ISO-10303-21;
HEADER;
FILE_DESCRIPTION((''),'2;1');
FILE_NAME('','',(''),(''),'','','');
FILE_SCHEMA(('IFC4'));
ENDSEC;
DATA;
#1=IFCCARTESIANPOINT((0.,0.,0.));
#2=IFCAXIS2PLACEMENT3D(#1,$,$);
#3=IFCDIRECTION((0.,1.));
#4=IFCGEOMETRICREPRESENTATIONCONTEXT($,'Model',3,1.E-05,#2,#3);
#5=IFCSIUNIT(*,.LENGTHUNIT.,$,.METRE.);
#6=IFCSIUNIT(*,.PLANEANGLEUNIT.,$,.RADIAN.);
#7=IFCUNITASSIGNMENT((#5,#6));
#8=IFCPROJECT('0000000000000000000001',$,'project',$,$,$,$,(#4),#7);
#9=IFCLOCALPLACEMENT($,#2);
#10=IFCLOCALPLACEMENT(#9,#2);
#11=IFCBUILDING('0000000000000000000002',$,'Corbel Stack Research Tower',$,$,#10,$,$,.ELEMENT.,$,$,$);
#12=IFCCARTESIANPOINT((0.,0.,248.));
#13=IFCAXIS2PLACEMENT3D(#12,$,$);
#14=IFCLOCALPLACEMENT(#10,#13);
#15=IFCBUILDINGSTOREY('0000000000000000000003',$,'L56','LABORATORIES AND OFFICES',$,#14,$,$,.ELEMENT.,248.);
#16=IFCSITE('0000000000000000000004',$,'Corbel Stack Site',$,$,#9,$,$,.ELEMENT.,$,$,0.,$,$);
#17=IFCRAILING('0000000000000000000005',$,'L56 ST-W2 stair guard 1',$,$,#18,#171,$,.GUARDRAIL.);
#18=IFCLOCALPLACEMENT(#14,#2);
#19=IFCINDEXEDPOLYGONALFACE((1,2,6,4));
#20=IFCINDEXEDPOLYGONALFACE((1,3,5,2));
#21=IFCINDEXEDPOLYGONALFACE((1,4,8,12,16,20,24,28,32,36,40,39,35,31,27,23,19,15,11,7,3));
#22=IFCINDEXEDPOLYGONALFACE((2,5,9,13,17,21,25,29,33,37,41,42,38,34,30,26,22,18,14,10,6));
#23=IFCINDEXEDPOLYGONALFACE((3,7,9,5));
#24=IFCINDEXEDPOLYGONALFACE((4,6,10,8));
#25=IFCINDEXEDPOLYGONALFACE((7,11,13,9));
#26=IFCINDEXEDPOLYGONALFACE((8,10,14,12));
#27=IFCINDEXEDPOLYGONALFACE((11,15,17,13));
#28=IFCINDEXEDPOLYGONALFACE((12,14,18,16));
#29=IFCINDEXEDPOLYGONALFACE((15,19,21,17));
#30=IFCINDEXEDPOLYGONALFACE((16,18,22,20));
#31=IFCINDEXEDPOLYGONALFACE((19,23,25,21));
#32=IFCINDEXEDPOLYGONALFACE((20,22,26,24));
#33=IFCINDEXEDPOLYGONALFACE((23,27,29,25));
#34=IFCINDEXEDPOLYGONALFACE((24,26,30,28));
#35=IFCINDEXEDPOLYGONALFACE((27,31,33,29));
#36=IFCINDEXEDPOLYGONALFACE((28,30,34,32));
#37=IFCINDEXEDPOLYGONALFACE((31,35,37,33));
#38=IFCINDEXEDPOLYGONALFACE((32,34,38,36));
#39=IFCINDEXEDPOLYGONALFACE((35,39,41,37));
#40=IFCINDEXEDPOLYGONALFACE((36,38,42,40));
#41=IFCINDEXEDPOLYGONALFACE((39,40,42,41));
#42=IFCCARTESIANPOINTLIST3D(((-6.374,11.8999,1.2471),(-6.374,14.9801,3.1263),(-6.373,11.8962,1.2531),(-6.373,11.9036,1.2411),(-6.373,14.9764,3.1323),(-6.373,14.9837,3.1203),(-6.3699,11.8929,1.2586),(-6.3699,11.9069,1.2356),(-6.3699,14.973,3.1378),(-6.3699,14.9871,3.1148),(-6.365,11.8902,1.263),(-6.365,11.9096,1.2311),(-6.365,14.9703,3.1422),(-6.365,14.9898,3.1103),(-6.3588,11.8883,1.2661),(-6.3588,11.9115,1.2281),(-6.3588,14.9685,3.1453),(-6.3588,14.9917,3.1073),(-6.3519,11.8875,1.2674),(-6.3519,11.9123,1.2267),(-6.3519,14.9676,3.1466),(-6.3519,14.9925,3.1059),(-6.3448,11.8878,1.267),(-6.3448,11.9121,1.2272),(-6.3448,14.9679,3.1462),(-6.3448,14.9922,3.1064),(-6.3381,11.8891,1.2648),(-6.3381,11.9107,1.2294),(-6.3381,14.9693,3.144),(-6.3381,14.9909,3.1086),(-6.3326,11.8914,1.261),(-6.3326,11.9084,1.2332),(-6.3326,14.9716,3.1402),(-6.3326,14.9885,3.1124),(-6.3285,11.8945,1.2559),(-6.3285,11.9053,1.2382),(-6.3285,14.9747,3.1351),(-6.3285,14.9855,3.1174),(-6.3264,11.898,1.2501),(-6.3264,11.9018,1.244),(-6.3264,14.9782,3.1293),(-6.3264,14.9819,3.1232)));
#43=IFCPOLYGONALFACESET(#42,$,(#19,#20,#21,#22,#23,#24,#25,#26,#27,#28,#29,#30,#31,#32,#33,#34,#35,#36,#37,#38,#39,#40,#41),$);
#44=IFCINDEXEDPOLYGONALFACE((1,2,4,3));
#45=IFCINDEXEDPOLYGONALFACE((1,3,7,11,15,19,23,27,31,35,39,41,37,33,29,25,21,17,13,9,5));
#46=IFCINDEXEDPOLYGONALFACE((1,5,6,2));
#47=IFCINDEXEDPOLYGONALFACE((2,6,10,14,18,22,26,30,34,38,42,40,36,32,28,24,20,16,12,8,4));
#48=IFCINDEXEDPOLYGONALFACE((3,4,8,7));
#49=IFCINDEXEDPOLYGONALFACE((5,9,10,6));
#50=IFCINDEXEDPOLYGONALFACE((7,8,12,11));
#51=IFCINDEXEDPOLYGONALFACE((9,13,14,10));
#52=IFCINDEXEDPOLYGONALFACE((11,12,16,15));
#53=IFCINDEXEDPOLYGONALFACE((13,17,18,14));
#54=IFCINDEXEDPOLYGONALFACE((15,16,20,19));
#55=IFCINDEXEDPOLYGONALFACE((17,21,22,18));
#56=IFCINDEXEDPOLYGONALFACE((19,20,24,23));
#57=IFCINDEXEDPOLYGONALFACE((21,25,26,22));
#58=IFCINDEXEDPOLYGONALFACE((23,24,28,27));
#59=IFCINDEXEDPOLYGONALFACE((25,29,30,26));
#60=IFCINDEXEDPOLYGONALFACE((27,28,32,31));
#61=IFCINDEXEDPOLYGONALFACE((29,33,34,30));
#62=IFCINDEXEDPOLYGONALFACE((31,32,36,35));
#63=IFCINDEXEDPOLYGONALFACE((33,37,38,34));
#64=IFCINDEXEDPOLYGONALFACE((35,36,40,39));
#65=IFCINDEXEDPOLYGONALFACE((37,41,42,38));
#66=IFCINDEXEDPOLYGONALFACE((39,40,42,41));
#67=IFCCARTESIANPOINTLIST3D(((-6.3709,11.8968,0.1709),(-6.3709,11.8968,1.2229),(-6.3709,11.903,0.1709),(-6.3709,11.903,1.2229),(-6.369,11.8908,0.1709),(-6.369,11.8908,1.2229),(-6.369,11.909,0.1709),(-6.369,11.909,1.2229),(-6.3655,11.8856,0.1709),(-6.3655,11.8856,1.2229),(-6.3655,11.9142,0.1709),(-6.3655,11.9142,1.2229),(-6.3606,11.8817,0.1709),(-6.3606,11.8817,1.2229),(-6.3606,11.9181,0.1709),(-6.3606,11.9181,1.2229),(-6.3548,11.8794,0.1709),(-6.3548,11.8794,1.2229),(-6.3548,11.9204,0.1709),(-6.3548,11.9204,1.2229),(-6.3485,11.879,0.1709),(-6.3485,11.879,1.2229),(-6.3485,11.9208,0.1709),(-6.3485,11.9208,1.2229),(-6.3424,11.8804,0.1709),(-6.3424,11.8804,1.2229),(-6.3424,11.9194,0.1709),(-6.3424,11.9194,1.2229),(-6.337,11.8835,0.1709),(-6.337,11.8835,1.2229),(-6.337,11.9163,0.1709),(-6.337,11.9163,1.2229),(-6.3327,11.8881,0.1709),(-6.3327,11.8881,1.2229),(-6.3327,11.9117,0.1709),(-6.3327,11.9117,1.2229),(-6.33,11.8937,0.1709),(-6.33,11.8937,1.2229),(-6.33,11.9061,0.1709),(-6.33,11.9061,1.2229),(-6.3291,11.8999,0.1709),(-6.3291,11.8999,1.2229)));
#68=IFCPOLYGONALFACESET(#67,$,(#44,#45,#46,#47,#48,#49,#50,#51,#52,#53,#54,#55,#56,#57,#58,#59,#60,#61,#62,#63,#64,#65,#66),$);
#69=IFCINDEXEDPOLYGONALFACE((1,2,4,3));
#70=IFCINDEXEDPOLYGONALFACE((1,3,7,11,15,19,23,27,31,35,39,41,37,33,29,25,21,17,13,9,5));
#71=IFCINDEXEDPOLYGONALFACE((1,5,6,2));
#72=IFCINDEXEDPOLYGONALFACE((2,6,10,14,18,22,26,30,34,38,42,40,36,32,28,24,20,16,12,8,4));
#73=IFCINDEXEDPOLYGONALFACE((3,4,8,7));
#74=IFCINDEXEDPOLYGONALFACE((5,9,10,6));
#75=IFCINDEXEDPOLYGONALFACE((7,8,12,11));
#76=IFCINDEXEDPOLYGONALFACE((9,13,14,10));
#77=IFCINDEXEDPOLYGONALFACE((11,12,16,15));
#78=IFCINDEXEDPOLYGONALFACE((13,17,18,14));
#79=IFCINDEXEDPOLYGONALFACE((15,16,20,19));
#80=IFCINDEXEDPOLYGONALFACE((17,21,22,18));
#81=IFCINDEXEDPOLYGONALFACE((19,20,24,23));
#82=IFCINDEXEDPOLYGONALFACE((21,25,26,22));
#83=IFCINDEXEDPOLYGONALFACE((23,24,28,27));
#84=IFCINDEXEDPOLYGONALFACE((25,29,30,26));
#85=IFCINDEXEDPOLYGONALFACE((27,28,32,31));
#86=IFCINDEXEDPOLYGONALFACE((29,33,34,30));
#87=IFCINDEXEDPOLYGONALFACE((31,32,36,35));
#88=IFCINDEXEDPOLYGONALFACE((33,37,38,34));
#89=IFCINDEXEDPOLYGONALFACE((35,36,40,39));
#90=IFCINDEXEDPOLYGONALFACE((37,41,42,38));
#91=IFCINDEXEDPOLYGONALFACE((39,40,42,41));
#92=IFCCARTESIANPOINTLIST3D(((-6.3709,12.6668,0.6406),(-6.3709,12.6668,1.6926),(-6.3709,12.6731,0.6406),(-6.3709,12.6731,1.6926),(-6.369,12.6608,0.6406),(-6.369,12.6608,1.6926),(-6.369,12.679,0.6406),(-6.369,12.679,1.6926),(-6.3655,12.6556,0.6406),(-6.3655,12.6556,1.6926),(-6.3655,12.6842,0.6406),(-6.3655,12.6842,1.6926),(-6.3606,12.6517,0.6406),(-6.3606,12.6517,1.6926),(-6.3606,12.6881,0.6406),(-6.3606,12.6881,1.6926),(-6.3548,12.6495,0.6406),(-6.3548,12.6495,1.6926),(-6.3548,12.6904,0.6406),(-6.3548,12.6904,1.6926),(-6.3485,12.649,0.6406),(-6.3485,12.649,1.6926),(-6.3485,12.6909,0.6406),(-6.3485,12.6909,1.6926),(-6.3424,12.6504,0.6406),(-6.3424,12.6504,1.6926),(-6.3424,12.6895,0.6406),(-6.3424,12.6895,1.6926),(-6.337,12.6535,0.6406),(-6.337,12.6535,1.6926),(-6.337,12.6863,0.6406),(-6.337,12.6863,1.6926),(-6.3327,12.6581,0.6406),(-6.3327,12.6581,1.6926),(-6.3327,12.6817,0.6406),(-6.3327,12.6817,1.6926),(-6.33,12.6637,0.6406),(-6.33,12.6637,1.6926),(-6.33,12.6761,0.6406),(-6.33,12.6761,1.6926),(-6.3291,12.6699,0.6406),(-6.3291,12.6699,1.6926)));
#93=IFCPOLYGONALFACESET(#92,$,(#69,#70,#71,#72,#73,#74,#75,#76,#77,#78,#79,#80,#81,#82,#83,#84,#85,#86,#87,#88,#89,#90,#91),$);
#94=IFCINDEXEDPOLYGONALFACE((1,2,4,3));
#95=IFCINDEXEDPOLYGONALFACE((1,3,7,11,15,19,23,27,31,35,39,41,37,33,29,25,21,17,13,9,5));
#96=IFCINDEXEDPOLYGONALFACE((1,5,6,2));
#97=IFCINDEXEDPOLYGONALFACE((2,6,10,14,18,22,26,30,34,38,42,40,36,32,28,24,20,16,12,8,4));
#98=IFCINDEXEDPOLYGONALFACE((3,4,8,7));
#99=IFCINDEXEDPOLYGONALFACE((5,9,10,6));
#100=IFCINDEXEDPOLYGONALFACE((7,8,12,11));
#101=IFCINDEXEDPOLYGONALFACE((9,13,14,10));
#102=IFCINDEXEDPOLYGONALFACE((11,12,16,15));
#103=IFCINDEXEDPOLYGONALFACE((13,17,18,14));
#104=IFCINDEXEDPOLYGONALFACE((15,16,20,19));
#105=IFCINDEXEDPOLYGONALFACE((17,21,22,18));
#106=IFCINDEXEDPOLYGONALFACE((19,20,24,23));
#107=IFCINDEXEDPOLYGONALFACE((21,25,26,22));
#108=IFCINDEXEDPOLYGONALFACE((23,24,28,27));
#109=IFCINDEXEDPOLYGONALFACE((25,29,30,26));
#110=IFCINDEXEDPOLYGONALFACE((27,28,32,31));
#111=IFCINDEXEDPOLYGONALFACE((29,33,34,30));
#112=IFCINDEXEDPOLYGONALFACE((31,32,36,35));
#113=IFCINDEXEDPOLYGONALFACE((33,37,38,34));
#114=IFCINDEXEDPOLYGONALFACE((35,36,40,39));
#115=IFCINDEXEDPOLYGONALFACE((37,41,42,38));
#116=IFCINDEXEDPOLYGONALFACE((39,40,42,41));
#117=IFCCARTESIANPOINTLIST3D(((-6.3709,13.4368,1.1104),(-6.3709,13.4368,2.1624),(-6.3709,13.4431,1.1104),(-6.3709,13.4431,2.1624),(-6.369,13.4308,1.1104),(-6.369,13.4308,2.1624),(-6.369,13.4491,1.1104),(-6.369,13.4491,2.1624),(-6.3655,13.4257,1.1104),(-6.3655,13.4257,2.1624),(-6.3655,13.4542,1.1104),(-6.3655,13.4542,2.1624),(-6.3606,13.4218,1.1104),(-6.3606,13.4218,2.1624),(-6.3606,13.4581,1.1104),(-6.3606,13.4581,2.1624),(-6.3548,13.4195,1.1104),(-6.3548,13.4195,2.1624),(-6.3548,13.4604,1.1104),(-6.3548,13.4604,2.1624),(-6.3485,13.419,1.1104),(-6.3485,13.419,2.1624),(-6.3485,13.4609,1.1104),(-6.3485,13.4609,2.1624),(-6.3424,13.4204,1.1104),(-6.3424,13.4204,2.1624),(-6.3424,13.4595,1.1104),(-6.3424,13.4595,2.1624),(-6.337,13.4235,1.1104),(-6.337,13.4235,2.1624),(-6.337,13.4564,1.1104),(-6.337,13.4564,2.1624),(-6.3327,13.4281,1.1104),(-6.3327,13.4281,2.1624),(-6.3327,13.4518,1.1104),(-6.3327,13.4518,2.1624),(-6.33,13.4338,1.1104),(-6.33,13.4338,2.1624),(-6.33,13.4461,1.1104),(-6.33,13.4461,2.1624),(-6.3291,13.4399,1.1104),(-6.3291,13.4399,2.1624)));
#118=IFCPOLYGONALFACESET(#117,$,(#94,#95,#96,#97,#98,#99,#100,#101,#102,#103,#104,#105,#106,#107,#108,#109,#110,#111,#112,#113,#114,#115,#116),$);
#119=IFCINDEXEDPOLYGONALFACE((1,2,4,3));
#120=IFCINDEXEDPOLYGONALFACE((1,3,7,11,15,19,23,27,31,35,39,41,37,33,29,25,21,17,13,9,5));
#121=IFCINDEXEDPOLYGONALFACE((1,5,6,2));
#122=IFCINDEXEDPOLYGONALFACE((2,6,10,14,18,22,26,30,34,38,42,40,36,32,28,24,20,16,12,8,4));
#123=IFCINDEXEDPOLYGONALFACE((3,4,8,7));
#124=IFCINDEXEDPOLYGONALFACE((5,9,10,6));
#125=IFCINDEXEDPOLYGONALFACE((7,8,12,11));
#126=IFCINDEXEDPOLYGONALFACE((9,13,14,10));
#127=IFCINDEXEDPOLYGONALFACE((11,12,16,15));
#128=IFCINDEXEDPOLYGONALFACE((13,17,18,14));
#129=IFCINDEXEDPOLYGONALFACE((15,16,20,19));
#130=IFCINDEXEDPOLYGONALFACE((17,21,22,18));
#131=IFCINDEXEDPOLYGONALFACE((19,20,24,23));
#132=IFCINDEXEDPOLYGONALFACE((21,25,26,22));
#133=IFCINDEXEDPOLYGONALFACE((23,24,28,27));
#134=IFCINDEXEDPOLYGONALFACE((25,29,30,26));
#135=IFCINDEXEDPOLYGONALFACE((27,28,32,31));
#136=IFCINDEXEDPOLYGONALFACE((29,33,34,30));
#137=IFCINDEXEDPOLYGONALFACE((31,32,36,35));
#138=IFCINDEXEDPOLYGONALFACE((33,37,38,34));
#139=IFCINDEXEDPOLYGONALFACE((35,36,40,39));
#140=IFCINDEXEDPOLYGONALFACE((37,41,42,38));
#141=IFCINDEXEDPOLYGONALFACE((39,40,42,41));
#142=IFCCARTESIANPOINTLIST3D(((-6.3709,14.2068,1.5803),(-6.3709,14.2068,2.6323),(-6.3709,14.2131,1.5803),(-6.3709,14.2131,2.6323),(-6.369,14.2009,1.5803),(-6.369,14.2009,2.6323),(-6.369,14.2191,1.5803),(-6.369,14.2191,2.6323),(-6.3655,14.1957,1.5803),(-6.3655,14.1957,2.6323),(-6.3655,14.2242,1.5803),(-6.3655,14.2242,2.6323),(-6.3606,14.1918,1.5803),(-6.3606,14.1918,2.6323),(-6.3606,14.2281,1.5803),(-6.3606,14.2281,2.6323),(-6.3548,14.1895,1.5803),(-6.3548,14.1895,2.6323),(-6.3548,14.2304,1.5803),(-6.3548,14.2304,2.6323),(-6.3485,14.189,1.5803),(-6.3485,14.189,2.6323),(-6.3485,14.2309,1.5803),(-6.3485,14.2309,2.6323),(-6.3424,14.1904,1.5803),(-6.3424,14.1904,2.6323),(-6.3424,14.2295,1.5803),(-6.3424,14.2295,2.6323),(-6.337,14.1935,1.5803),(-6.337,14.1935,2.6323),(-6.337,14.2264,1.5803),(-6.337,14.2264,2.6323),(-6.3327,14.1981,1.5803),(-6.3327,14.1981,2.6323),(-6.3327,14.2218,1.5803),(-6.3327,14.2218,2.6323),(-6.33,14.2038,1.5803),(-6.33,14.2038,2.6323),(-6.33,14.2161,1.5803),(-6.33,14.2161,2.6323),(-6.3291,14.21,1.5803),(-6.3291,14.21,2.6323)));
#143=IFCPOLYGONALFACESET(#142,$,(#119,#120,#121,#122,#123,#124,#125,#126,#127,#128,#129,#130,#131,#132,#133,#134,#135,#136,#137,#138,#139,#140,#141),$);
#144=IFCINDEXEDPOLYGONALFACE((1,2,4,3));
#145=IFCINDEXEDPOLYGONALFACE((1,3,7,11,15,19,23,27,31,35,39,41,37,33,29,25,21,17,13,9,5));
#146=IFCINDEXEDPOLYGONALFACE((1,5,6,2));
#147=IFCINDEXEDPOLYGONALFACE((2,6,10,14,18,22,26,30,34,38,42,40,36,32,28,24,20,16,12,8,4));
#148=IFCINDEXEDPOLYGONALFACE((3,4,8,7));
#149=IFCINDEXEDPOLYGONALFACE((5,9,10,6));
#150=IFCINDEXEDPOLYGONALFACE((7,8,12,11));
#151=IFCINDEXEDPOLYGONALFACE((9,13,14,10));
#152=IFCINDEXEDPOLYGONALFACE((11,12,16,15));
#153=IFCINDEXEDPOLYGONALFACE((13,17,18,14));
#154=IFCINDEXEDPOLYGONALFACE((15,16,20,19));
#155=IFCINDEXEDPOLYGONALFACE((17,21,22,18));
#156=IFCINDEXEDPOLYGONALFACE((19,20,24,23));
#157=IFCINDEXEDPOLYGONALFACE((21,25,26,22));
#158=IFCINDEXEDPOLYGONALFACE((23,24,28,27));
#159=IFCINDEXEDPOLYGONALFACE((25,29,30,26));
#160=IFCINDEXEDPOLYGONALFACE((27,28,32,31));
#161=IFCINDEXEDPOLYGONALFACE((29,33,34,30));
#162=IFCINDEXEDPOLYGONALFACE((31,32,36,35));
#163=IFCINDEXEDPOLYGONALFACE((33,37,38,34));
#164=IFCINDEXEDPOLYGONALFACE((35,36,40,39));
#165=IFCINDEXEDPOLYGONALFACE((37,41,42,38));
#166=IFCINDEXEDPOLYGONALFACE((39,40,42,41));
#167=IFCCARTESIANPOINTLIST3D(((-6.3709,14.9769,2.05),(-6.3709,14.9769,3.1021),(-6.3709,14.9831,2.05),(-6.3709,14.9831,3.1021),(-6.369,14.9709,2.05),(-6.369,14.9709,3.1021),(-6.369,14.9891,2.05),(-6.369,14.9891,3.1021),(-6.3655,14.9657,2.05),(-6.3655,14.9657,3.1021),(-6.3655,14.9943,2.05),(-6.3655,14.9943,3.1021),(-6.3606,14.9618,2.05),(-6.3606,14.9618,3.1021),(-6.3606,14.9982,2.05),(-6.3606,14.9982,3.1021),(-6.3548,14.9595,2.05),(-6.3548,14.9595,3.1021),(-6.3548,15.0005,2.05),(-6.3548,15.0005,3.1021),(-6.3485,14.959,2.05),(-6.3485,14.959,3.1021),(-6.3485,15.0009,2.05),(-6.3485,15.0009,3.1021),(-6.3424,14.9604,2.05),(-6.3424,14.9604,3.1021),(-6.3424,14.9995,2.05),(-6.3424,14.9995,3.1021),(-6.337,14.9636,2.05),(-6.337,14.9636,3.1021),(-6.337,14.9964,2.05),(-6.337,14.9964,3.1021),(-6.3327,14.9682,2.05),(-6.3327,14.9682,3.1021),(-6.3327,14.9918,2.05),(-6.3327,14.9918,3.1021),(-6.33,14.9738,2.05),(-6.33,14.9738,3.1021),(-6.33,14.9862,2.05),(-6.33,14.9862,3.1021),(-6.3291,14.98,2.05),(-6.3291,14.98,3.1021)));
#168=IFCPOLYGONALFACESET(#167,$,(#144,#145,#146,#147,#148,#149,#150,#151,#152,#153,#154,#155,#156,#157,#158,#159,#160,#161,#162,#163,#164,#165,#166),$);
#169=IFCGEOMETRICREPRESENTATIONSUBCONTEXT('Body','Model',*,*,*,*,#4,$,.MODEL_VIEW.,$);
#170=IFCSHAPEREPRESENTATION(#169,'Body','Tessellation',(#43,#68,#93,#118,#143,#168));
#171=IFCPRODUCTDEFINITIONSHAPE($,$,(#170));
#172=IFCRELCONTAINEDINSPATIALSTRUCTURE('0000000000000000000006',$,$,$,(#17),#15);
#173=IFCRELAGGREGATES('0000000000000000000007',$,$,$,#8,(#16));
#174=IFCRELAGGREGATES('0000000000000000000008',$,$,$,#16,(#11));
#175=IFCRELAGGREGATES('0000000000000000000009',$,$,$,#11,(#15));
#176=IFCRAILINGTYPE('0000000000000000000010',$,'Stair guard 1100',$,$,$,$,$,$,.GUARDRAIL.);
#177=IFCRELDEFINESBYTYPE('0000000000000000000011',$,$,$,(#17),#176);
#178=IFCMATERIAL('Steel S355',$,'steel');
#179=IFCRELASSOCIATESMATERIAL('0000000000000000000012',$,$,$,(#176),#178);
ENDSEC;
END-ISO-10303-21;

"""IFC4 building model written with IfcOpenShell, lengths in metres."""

from ifc_helpers import new_model, si_unit, direction, frame, origin, origin_2d, place, context, subcontext, project, spatial, circle, extrude, material, type_object, element, save


model = new_model("IFC4")

# Units and contexts
model_context = context("Model", 3, precision=1e-05, world=origin(), true_north=direction((0.0, 1.0)))
body_context = subcontext(model_context, "Body", "Model", "MODEL_VIEW")
ifc_project = project(units=[si_unit("LENGTHUNIT", "METRE"), si_unit("PLANEANGLEUNIT", "RADIAN")], contexts=[model_context])

# Site, building, storey
site_placement = place(None, origin())
site = spatial("IfcSite", under=ifc_project, at=site_placement, Name="Corbel Stack Site", CompositionType="ELEMENT", RefElevation=0.0)
building_placement = place(site_placement, origin())
building = spatial("IfcBuilding", under=site, at=building_placement, Name="Corbel Stack Research Tower", CompositionType="ELEMENT")
storey_placement = place(building_placement, frame((0.0, 0.0, 248.0)))
storey = spatial("IfcBuildingStorey", under=building, at=storey_placement, Name="L56", Description="LABORATORIES AND OFFICES", CompositionType="ELEMENT", Elevation=248.0)

# Railing
ifc_material_1 = material(Name="Steel S355", Category="steel")
railing_type_1 = type_object("IfcRailingType", Name="Stair guard 1100", PredefinedType="GUARDRAIL", material=ifc_material_1)
railing_1_placement = place(storey_placement, frame((-6.3501, 11.8999, 0.1709)))
element("IfcRailing", 1, at=railing_1_placement, inside=storey, type_object=railing_type_1, Name="L56 ST-W2 stair guard 1", PredefinedType="GUARDRAIL", context=body_context, shape_type="SweptSolid", body=[
    extrude(circle(Radius=0.0239, at=origin_2d()), frame((0.0, 0.0, 1.0762), z_axis=(0.0, 0.853666, 0.52082), x_axis=(-1.0, 0.0, 0.0)), (0.0, 0.0, 1.0), 3.6082),
    extrude(circle(Radius=0.021, at=origin_2d()), origin(), (0.0, 0.0, 1.0), 1.052),
    extrude(circle(Radius=0.021, at=origin_2d()), frame((0.0, 0.77, 0.4697)), (0.0, 0.0, 1.0), 1.052),
    extrude(circle(Radius=0.021, at=origin_2d()), frame((0.0, 1.54, 0.9395)), (0.0, 0.0, 1.0), 1.052),
    extrude(circle(Radius=0.021, at=origin_2d()), frame((0.0, 2.3101, 1.4094)), (0.0, 0.0, 1.0), 1.052),
    extrude(circle(Radius=0.021, at=origin_2d()), frame((0.0, 3.0801, 1.8792)), (0.0, 0.0, 1.0), 1.052),
])

save(model, "model.ifc")
